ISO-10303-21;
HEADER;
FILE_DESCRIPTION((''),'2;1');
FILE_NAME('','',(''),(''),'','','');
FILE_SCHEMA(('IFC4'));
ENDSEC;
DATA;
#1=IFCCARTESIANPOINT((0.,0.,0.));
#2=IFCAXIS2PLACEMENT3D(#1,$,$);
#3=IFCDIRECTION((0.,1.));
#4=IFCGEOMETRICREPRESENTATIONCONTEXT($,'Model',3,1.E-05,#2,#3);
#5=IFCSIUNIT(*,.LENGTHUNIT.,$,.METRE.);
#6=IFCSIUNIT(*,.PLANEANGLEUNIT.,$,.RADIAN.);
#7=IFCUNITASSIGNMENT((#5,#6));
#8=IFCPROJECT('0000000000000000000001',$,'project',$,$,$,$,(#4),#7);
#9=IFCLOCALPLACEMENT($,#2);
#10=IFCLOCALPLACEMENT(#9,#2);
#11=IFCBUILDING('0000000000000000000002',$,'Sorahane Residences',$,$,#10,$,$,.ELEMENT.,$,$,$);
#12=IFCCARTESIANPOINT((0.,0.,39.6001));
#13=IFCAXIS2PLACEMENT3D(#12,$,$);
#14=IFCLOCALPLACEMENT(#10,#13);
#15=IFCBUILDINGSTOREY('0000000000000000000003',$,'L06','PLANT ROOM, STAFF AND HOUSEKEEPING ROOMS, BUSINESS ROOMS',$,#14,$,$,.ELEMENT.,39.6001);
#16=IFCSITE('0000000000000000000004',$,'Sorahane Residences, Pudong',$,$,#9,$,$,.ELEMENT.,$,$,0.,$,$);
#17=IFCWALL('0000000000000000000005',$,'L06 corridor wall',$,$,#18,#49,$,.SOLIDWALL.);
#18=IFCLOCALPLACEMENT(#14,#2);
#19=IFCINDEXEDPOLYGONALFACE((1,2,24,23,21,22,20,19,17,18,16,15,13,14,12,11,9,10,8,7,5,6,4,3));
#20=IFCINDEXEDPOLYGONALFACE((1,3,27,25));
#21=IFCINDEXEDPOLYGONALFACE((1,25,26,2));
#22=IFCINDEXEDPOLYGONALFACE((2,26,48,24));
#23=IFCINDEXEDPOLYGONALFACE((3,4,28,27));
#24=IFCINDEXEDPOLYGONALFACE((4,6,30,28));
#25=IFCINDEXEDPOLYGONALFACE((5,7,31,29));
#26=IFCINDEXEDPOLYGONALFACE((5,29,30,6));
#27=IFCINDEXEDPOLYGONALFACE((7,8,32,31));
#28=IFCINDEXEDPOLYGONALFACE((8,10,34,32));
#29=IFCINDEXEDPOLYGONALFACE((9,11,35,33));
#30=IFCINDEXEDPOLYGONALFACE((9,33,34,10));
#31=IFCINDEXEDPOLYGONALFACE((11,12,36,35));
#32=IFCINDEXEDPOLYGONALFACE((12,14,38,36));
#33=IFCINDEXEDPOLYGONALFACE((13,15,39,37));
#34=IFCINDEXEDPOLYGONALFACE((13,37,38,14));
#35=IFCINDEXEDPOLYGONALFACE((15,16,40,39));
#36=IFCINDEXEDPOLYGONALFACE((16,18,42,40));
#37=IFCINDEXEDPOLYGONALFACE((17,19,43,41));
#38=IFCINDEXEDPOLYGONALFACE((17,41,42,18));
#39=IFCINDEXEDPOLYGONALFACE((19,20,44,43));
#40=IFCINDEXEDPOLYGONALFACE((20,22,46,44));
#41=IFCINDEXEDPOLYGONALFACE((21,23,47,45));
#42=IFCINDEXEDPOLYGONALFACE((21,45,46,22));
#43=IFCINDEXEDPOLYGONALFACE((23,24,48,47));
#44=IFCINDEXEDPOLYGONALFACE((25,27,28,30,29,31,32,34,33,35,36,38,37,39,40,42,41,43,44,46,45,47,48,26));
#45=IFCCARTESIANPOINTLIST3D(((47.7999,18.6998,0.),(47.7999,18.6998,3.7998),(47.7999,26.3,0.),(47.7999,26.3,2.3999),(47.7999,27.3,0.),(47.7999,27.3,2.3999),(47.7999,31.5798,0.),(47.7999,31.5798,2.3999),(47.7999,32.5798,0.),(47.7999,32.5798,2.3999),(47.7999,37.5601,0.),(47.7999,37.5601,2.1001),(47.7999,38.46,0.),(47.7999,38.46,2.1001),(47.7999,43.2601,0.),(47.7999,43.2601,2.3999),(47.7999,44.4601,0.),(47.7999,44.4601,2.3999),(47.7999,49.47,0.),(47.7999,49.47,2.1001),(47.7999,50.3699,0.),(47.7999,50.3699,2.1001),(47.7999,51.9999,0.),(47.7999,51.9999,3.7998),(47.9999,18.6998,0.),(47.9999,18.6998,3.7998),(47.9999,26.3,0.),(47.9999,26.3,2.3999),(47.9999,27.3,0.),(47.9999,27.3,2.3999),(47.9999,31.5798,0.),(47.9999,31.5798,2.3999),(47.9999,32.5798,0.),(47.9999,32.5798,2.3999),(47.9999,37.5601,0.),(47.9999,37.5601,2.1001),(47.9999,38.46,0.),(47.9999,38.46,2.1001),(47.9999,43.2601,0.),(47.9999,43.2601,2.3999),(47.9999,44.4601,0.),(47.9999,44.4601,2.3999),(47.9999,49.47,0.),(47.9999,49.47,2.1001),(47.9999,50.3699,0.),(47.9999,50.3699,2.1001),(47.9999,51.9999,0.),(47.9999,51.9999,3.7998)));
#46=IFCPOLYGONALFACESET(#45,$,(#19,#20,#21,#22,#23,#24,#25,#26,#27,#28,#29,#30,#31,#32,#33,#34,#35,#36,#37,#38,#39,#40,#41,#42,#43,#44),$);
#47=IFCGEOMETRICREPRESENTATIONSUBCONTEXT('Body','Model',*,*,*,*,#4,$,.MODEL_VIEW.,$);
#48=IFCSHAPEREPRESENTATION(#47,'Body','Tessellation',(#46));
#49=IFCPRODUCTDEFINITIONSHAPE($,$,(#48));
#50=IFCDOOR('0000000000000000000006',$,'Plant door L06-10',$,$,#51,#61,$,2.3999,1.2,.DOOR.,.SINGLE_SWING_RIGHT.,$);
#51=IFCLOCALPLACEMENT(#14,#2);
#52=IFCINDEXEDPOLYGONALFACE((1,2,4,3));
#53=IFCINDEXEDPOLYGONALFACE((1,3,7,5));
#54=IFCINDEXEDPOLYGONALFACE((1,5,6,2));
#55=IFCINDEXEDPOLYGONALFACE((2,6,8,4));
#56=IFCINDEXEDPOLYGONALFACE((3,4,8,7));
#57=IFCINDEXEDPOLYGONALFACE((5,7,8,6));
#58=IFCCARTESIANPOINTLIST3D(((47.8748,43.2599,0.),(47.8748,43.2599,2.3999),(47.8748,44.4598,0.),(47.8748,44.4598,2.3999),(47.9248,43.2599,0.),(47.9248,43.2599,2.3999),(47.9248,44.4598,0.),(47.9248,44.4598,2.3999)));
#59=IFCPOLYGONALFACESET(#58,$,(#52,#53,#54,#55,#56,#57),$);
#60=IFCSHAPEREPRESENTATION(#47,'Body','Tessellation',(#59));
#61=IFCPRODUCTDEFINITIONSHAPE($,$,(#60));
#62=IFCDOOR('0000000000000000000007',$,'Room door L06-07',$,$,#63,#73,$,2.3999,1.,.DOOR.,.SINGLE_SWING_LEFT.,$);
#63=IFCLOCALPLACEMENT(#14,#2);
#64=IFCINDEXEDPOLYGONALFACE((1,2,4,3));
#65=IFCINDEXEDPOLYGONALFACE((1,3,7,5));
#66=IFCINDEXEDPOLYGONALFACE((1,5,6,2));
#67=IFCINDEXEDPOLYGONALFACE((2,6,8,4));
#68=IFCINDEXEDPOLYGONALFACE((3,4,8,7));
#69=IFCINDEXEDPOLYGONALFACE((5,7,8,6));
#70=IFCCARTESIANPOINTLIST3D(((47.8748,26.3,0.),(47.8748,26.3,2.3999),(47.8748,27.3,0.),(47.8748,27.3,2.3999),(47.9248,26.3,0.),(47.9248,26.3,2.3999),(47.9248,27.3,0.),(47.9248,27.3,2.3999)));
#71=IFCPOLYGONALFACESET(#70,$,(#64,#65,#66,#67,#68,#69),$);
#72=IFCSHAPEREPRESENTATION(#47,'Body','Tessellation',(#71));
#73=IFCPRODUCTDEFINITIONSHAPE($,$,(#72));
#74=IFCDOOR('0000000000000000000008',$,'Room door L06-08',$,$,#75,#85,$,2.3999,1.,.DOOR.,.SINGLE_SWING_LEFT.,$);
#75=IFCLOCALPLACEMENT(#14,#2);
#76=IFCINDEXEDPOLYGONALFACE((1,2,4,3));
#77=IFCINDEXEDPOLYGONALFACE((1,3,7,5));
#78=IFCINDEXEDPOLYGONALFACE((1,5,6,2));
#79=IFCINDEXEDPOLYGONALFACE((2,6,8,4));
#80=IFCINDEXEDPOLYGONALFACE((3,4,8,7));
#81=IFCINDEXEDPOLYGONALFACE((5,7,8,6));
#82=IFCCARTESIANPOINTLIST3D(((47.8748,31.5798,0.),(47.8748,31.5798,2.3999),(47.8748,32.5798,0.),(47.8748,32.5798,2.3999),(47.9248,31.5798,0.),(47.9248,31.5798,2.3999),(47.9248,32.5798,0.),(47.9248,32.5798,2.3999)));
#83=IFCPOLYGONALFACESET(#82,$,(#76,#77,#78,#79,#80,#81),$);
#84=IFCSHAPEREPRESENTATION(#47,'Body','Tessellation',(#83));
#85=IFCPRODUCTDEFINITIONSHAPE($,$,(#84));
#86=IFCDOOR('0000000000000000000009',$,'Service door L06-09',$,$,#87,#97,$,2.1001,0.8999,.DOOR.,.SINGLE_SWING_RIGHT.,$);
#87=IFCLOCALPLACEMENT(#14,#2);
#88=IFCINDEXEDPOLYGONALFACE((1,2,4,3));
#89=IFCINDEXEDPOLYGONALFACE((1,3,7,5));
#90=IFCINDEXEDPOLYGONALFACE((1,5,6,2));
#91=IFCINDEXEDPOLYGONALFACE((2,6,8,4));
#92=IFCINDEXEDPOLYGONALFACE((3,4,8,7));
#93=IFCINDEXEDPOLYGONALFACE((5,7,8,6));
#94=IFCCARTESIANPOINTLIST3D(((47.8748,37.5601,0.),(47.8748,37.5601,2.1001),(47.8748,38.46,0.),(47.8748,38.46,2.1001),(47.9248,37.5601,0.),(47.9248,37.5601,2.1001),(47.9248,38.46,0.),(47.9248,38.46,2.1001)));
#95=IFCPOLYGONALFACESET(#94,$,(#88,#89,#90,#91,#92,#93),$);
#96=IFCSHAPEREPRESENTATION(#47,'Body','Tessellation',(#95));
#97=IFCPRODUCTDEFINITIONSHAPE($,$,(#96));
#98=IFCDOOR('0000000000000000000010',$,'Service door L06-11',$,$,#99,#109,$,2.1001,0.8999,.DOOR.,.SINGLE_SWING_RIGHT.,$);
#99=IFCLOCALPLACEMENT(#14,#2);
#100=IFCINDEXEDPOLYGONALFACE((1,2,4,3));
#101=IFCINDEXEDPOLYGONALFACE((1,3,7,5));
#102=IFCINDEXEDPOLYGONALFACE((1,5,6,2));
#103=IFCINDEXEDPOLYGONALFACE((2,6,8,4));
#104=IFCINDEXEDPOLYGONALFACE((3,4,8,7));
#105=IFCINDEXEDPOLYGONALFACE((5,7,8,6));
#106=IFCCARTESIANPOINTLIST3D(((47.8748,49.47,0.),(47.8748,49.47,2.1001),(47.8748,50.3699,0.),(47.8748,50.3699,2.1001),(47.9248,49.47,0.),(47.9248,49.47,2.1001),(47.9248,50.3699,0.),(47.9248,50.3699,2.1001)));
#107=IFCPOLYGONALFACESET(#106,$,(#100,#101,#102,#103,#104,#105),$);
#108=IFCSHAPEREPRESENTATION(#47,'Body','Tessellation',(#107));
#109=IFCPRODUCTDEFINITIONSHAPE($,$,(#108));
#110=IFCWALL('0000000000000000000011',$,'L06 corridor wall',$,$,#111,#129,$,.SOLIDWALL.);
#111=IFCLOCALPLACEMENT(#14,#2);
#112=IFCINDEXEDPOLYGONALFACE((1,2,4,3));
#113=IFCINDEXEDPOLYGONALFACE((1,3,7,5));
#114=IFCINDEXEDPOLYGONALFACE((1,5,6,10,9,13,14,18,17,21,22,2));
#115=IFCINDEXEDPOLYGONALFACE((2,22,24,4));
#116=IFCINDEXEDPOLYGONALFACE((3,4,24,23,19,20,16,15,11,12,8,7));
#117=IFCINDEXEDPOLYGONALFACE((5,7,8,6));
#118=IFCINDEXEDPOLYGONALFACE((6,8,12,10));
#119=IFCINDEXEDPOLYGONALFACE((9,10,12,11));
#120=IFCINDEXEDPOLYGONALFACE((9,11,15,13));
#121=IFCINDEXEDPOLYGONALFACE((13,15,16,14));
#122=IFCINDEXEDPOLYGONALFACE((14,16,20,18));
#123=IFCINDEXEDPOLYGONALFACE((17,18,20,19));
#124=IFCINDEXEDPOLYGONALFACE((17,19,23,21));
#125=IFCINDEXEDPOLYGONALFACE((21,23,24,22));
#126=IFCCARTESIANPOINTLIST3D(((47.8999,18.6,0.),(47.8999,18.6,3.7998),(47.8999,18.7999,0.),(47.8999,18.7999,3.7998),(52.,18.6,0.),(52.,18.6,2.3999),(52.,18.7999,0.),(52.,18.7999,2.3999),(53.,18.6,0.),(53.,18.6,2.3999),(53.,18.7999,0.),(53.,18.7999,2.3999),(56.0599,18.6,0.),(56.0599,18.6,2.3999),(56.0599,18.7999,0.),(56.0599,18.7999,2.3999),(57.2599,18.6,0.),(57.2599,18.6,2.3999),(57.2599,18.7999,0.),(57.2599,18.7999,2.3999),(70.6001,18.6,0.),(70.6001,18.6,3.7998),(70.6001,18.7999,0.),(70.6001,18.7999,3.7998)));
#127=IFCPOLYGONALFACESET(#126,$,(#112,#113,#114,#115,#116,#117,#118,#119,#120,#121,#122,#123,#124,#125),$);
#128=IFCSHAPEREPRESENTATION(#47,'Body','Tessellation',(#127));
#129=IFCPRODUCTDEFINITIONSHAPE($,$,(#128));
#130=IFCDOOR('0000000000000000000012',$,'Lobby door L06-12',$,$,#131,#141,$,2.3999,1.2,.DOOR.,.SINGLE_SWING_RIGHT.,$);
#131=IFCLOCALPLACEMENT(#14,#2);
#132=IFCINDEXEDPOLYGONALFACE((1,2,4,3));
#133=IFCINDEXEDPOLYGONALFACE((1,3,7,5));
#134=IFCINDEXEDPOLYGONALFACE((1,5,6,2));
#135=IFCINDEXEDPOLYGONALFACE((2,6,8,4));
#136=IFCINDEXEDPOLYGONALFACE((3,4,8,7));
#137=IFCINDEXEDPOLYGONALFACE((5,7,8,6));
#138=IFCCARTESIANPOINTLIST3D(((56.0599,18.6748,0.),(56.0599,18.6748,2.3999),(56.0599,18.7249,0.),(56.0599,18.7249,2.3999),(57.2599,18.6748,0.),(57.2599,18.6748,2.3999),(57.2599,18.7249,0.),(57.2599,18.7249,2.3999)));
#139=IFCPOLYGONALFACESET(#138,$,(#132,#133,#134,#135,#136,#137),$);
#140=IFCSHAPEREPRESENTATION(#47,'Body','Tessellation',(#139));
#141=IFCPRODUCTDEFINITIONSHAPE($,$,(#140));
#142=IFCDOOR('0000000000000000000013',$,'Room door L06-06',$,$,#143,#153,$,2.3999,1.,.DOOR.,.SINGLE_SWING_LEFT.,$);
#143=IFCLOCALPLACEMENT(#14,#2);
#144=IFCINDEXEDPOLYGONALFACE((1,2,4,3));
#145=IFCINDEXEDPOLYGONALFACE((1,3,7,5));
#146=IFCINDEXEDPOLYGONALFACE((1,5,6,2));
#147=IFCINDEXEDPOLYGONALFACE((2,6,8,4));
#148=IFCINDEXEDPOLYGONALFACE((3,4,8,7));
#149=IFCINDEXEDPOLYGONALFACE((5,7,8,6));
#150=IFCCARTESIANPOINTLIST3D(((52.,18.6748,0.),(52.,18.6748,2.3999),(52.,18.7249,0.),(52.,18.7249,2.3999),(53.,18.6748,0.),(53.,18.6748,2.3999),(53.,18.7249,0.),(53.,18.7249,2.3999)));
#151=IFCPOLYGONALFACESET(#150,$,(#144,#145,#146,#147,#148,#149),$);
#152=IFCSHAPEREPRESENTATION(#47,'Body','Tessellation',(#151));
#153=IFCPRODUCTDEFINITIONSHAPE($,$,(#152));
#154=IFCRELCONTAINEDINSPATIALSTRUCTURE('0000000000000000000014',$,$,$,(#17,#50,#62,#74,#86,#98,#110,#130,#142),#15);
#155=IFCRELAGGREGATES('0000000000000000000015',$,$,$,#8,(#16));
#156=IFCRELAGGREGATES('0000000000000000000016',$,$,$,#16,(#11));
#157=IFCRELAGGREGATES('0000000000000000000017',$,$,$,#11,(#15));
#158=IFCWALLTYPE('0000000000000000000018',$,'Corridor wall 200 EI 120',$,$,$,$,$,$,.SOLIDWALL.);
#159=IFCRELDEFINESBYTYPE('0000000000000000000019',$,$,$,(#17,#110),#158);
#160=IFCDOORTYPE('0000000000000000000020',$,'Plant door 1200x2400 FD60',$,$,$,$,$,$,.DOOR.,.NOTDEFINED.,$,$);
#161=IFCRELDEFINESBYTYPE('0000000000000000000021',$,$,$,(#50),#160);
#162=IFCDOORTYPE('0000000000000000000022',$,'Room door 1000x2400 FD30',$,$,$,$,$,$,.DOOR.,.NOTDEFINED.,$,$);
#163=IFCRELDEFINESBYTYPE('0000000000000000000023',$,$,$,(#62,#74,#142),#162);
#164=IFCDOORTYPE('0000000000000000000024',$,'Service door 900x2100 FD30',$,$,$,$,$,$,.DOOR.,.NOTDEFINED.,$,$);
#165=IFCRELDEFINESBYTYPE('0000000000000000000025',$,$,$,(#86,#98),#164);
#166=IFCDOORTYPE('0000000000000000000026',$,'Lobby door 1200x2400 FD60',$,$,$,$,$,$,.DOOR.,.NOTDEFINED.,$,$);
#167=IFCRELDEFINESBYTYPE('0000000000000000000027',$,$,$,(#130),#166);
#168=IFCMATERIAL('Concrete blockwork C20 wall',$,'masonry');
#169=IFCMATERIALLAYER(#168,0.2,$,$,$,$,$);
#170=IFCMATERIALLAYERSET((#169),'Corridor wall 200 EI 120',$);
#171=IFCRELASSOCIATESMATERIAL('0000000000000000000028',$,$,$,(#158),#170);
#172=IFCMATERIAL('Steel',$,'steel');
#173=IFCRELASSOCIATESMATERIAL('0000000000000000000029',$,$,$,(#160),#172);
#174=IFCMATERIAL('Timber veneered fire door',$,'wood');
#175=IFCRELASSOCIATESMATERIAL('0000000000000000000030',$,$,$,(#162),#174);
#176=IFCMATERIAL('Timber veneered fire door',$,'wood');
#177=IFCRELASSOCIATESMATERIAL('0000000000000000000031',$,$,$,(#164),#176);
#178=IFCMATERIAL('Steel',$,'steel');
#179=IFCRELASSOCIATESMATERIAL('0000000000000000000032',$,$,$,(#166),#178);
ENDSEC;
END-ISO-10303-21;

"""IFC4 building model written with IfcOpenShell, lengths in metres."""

from ifc_helpers import new_model, si_unit, direction, frame, frame_2d, origin, place, context, subcontext, project, spatial, rectangle, extrude, material, layer, layer_set, type_object, element, fill, save


model = new_model("IFC4")

# Units and contexts
model_context = context("Model", 3, precision=1e-05, world=origin(), true_north=direction((0.0, 1.0)))
body_context = subcontext(model_context, "Body", "Model", "MODEL_VIEW")
ifc_project = project(units=[si_unit("LENGTHUNIT", "METRE"), si_unit("PLANEANGLEUNIT", "RADIAN")], contexts=[model_context])

# Site, building, storey
site_placement = place(None, origin())
site = spatial("IfcSite", under=ifc_project, at=site_placement, Name="Sorahane Residences, Pudong", CompositionType="ELEMENT", RefElevation=0.0)
building_placement = place(site_placement, origin())
building = spatial("IfcBuilding", under=site, at=building_placement, Name="Sorahane Residences", CompositionType="ELEMENT")
storey_placement = place(building_placement, frame((0.0, 0.0, 39.6001)))
storey = spatial("IfcBuildingStorey", under=building, at=storey_placement, Name="L06", Description="PLANT ROOM, STAFF AND HOUSEKEEPING ROOMS, BUSINESS ROOMS", CompositionType="ELEMENT", Elevation=39.6001)

# Shared definitions
ifc_material_1 = material(Name="Concrete blockwork C20 wall", Category="masonry")
ifc_layer_1 = layer(ifc_material_1, 0.2)
ifc_layer_set_1 = layer_set([ifc_layer_1], Name="Corridor wall 200 EI 120")
wall_type_1 = type_object("IfcWallType", Name="Corridor wall 200 EI 120", PredefinedType="SOLIDWALL", material=ifc_layer_set_1)

# Walls, openings, doors
wall_1_placement = place(storey_placement, frame((47.8999, 18.7, 0.0), z_axis=(0.0, 0.0, 1.0), x_axis=(0.0, 1.0, 0.0)))
wall_1 = element("IfcWall", 1, at=wall_1_placement, inside=storey, type_object=wall_type_1, Name="L06 corridor wall", PredefinedType="SOLIDWALL", context=body_context, shape_type="SweptSolid", body=[
    extrude(rectangle(XDim=33.3, YDim=0.2, at=frame_2d((16.6499, 0.0))), origin(), (0.0, 0.0, 1.0), 3.7998),
])
opening_1_placement = place(wall_1_placement, frame((7.6001, 0.0, 0.0)))
opening_1 = element("IfcOpeningElement", 2, at=opening_1_placement, cuts=wall_1, PredefinedType="OPENING", context=body_context, shape_type="SweptSolid", body=[
    extrude(rectangle(XDim=1.0, YDim=2.3999, at=frame_2d((0.5, 1.2))), frame((0.0, 0.1099, 0.0), z_axis=(0.0, -1.0, 0.0), x_axis=(1.0, 0.0, 0.0)), (0.0, 0.0, 1.0), 0.22),
])
opening_2_placement = place(wall_1_placement, frame((12.8799, 0.0, 0.0)))
opening_2 = element("IfcOpeningElement", 3, at=opening_2_placement, cuts=wall_1, PredefinedType="OPENING", context=body_context, shape_type="SweptSolid", body=[
    extrude(rectangle(XDim=1.0, YDim=2.3999, at=frame_2d((0.5, 1.2))), frame((0.0, 0.1099, 0.0), z_axis=(0.0, -1.0, 0.0), x_axis=(1.0, 0.0, 0.0)), (0.0, 0.0, 1.0), 0.22),
])
opening_3_placement = place(wall_1_placement, frame((18.8601, 0.0, 0.0)))
opening_3 = element("IfcOpeningElement", 4, at=opening_3_placement, cuts=wall_1, PredefinedType="OPENING", context=body_context, shape_type="SweptSolid", body=[
    extrude(rectangle(XDim=0.8999, YDim=2.1001, at=frame_2d((0.45, 1.05))), frame((0.0, 0.1099, 0.0), z_axis=(0.0, -1.0, 0.0), x_axis=(1.0, 0.0, 0.0)), (0.0, 0.0, 1.0), 0.22),
])
opening_4_placement = place(wall_1_placement, frame((24.5601, 0.0, 0.0)))
opening_4 = element("IfcOpeningElement", 5, at=opening_4_placement, cuts=wall_1, PredefinedType="OPENING", context=body_context, shape_type="SweptSolid", body=[
    extrude(rectangle(XDim=1.2, YDim=2.3999, at=frame_2d((0.6001, 1.2))), frame((0.0, 0.1099, 0.0), z_axis=(0.0, -1.0, 0.0), x_axis=(1.0, 0.0, 0.0)), (0.0, 0.0, 1.0), 0.22),
])
opening_5_placement = place(wall_1_placement, frame((30.77, 0.0, 0.0)))
opening_5 = element("IfcOpeningElement", 6, at=opening_5_placement, cuts=wall_1, PredefinedType="OPENING", context=body_context, shape_type="SweptSolid", body=[
    extrude(rectangle(XDim=0.8999, YDim=2.1001, at=frame_2d((0.45, 1.05))), frame((0.0, 0.1099, 0.0), z_axis=(0.0, -1.0, 0.0), x_axis=(1.0, 0.0, 0.0)), (0.0, 0.0, 1.0), 0.22),
])
ifc_material_2 = material(Name="Steel", Category="steel")
door_type_1 = type_object("IfcDoorType", Name="Plant door 1200x2400 FD60", OperationType="NOTDEFINED", PredefinedType="DOOR", material=ifc_material_2)
door_1_placement = place(opening_4_placement, frame((1.2, 0.0, 0.0), z_axis=(0.0, 0.0, 1.0), x_axis=(-1.0, 0.0, 0.0)))
door_1 = element("IfcDoor", 7, at=door_1_placement, inside=storey, type_object=door_type_1, Name="Plant door L06-10", OperationType="SINGLE_SWING_RIGHT", OverallHeight=2.3999, OverallWidth=1.2, PredefinedType="DOOR", context=body_context, shape_type="SweptSolid", body=[
    extrude(rectangle(XDim=1.2, YDim=2.3999, at=frame_2d((0.6001, 1.2))), frame((0.0, 0.0249, 0.0), z_axis=(0.0, -1.0, 0.0), x_axis=(1.0, 0.0, 0.0)), (0.0, 0.0, 1.0), 0.05),
])
fill(opening_4, door_1)
ifc_material_3 = material(Name="Timber veneered fire door", Category="wood")
door_type_2 = type_object("IfcDoorType", Name="Room door 1000x2400 FD30", OperationType="NOTDEFINED", PredefinedType="DOOR", material=ifc_material_3)
door_2_placement = place(opening_1_placement, frame((1.0, 0.0, 0.0), z_axis=(0.0, 0.0, 1.0), x_axis=(-1.0, 0.0, 0.0)))
door_2 = element("IfcDoor", 8, at=door_2_placement, inside=storey, type_object=door_type_2, Name="Room door L06-07", OperationType="SINGLE_SWING_LEFT", OverallHeight=2.3999, OverallWidth=1.0, PredefinedType="DOOR", context=body_context, shape_type="SweptSolid", body=[
    extrude(rectangle(XDim=1.0, YDim=2.3999, at=frame_2d((0.5, 1.2))), frame((0.0, 0.0249, 0.0), z_axis=(0.0, -1.0, 0.0), x_axis=(1.0, 0.0, 0.0)), (0.0, 0.0, 1.0), 0.05),
])
fill(opening_1, door_2)
door_3_placement = place(opening_2_placement, frame((1.0, 0.0, 0.0), z_axis=(0.0, 0.0, 1.0), x_axis=(-1.0, 0.0, 0.0)))
door_3 = element("IfcDoor", 9, at=door_3_placement, inside=storey, type_object=door_type_2, Name="Room door L06-08", OperationType="SINGLE_SWING_LEFT", OverallHeight=2.3999, OverallWidth=1.0, PredefinedType="DOOR", context=body_context, shape_type="SweptSolid", body=[
    extrude(rectangle(XDim=1.0, YDim=2.3999, at=frame_2d((0.5, 1.2))), frame((0.0, 0.0249, 0.0), z_axis=(0.0, -1.0, 0.0), x_axis=(1.0, 0.0, 0.0)), (0.0, 0.0, 1.0), 0.05),
])
fill(opening_2, door_3)
ifc_material_4 = material(Name="Timber veneered fire door", Category="wood")
door_type_3 = type_object("IfcDoorType", Name="Service door 900x2100 FD30", OperationType="NOTDEFINED", PredefinedType="DOOR", material=ifc_material_4)
door_4_placement = place(opening_3_placement, frame((0.8999, 0.0, 0.0), z_axis=(0.0, 0.0, 1.0), x_axis=(-1.0, 0.0, 0.0)))
door_4 = element("IfcDoor", 10, at=door_4_placement, inside=storey, type_object=door_type_3, Name="Service door L06-09", OperationType="SINGLE_SWING_RIGHT", OverallHeight=2.1001, OverallWidth=0.8999, PredefinedType="DOOR", context=body_context, shape_type="SweptSolid", body=[
    extrude(rectangle(XDim=0.8999, YDim=2.1001, at=frame_2d((0.45, 1.05))), frame((0.0, 0.0249, 0.0), z_axis=(0.0, -1.0, 0.0), x_axis=(1.0, 0.0, 0.0)), (0.0, 0.0, 1.0), 0.05),
])
fill(opening_3, door_4)
door_5_placement = place(opening_5_placement, frame((0.8999, 0.0, 0.0), z_axis=(0.0, 0.0, 1.0), x_axis=(-1.0, 0.0, 0.0)))
door_5 = element("IfcDoor", 11, at=door_5_placement, inside=storey, type_object=door_type_3, Name="Service door L06-11", OperationType="SINGLE_SWING_RIGHT", OverallHeight=2.1001, OverallWidth=0.8999, PredefinedType="DOOR", context=body_context, shape_type="SweptSolid", body=[
    extrude(rectangle(XDim=0.8999, YDim=2.1001, at=frame_2d((0.45, 1.05))), frame((0.0, 0.0249, 0.0), z_axis=(0.0, -1.0, 0.0), x_axis=(1.0, 0.0, 0.0)), (0.0, 0.0, 1.0), 0.05),
])
fill(opening_5, door_5)
wall_2_placement = place(storey_placement, frame((47.8999, 18.7, 0.0), z_axis=(0.0, 0.0, 1.0), x_axis=(1.0, 0.0, 0.0)))
wall_2 = element("IfcWall", 12, at=wall_2_placement, inside=storey, type_object=wall_type_1, Name="L06 corridor wall", PredefinedType="SOLIDWALL", context=body_context, shape_type="SweptSolid", body=[
    extrude(rectangle(XDim=22.7002, YDim=0.2, at=frame_2d((11.3501, 0.0))), origin(), (0.0, 0.0, 1.0), 3.7998),
])
opening_6_placement = place(wall_2_placement, frame((4.1001, 0.0, 0.0)))
opening_6 = element("IfcOpeningElement", 13, at=opening_6_placement, cuts=wall_2, PredefinedType="OPENING", context=body_context, shape_type="SweptSolid", body=[
    extrude(rectangle(XDim=1.0, YDim=2.3999, at=frame_2d((0.5, 1.2))), frame((0.0, 0.1099, 0.0), z_axis=(0.0, -1.0, 0.0), x_axis=(1.0, 0.0, 0.0)), (0.0, 0.0, 1.0), 0.22),
])
opening_7_placement = place(wall_2_placement, frame((8.1599, 0.0, 0.0)))
opening_7 = element("IfcOpeningElement", 14, at=opening_7_placement, cuts=wall_2, PredefinedType="OPENING", context=body_context, shape_type="SweptSolid", body=[
    extrude(rectangle(XDim=1.2, YDim=2.3999, at=frame_2d((0.6001, 1.2))), frame((0.0, 0.1099, 0.0), z_axis=(0.0, -1.0, 0.0), x_axis=(1.0, 0.0, 0.0)), (0.0, 0.0, 1.0), 0.22),
])
ifc_material_5 = material(Name="Steel", Category="steel")
door_type_4 = type_object("IfcDoorType", Name="Lobby door 1200x2400 FD60", OperationType="NOTDEFINED", PredefinedType="DOOR", material=ifc_material_5)
door_6_placement = place(opening_7_placement, origin())
door_6 = element("IfcDoor", 15, at=door_6_placement, inside=storey, type_object=door_type_4, Name="Lobby door L06-12", OperationType="SINGLE_SWING_RIGHT", OverallHeight=2.3999, OverallWidth=1.2, PredefinedType="DOOR", context=body_context, shape_type="SweptSolid", body=[
    extrude(rectangle(XDim=1.2, YDim=2.3999, at=frame_2d((0.6001, 1.2))), frame((0.0, 0.0249, 0.0), z_axis=(0.0, -1.0, 0.0), x_axis=(1.0, 0.0, 0.0)), (0.0, 0.0, 1.0), 0.05),
])
fill(opening_7, door_6)
door_7_placement = place(opening_6_placement, origin())
door_7 = element("IfcDoor", 16, at=door_7_placement, inside=storey, type_object=door_type_2, Name="Room door L06-06", OperationType="SINGLE_SWING_LEFT", OverallHeight=2.3999, OverallWidth=1.0, PredefinedType="DOOR", context=body_context, shape_type="SweptSolid", body=[
    extrude(rectangle(XDim=1.0, YDim=2.3999, at=frame_2d((0.5, 1.2))), frame((0.0, 0.0249, 0.0), z_axis=(0.0, -1.0, 0.0), x_axis=(1.0, 0.0, 0.0)), (0.0, 0.0, 1.0), 0.05),
])
fill(opening_6, door_7)

save(model, "model.ifc")
